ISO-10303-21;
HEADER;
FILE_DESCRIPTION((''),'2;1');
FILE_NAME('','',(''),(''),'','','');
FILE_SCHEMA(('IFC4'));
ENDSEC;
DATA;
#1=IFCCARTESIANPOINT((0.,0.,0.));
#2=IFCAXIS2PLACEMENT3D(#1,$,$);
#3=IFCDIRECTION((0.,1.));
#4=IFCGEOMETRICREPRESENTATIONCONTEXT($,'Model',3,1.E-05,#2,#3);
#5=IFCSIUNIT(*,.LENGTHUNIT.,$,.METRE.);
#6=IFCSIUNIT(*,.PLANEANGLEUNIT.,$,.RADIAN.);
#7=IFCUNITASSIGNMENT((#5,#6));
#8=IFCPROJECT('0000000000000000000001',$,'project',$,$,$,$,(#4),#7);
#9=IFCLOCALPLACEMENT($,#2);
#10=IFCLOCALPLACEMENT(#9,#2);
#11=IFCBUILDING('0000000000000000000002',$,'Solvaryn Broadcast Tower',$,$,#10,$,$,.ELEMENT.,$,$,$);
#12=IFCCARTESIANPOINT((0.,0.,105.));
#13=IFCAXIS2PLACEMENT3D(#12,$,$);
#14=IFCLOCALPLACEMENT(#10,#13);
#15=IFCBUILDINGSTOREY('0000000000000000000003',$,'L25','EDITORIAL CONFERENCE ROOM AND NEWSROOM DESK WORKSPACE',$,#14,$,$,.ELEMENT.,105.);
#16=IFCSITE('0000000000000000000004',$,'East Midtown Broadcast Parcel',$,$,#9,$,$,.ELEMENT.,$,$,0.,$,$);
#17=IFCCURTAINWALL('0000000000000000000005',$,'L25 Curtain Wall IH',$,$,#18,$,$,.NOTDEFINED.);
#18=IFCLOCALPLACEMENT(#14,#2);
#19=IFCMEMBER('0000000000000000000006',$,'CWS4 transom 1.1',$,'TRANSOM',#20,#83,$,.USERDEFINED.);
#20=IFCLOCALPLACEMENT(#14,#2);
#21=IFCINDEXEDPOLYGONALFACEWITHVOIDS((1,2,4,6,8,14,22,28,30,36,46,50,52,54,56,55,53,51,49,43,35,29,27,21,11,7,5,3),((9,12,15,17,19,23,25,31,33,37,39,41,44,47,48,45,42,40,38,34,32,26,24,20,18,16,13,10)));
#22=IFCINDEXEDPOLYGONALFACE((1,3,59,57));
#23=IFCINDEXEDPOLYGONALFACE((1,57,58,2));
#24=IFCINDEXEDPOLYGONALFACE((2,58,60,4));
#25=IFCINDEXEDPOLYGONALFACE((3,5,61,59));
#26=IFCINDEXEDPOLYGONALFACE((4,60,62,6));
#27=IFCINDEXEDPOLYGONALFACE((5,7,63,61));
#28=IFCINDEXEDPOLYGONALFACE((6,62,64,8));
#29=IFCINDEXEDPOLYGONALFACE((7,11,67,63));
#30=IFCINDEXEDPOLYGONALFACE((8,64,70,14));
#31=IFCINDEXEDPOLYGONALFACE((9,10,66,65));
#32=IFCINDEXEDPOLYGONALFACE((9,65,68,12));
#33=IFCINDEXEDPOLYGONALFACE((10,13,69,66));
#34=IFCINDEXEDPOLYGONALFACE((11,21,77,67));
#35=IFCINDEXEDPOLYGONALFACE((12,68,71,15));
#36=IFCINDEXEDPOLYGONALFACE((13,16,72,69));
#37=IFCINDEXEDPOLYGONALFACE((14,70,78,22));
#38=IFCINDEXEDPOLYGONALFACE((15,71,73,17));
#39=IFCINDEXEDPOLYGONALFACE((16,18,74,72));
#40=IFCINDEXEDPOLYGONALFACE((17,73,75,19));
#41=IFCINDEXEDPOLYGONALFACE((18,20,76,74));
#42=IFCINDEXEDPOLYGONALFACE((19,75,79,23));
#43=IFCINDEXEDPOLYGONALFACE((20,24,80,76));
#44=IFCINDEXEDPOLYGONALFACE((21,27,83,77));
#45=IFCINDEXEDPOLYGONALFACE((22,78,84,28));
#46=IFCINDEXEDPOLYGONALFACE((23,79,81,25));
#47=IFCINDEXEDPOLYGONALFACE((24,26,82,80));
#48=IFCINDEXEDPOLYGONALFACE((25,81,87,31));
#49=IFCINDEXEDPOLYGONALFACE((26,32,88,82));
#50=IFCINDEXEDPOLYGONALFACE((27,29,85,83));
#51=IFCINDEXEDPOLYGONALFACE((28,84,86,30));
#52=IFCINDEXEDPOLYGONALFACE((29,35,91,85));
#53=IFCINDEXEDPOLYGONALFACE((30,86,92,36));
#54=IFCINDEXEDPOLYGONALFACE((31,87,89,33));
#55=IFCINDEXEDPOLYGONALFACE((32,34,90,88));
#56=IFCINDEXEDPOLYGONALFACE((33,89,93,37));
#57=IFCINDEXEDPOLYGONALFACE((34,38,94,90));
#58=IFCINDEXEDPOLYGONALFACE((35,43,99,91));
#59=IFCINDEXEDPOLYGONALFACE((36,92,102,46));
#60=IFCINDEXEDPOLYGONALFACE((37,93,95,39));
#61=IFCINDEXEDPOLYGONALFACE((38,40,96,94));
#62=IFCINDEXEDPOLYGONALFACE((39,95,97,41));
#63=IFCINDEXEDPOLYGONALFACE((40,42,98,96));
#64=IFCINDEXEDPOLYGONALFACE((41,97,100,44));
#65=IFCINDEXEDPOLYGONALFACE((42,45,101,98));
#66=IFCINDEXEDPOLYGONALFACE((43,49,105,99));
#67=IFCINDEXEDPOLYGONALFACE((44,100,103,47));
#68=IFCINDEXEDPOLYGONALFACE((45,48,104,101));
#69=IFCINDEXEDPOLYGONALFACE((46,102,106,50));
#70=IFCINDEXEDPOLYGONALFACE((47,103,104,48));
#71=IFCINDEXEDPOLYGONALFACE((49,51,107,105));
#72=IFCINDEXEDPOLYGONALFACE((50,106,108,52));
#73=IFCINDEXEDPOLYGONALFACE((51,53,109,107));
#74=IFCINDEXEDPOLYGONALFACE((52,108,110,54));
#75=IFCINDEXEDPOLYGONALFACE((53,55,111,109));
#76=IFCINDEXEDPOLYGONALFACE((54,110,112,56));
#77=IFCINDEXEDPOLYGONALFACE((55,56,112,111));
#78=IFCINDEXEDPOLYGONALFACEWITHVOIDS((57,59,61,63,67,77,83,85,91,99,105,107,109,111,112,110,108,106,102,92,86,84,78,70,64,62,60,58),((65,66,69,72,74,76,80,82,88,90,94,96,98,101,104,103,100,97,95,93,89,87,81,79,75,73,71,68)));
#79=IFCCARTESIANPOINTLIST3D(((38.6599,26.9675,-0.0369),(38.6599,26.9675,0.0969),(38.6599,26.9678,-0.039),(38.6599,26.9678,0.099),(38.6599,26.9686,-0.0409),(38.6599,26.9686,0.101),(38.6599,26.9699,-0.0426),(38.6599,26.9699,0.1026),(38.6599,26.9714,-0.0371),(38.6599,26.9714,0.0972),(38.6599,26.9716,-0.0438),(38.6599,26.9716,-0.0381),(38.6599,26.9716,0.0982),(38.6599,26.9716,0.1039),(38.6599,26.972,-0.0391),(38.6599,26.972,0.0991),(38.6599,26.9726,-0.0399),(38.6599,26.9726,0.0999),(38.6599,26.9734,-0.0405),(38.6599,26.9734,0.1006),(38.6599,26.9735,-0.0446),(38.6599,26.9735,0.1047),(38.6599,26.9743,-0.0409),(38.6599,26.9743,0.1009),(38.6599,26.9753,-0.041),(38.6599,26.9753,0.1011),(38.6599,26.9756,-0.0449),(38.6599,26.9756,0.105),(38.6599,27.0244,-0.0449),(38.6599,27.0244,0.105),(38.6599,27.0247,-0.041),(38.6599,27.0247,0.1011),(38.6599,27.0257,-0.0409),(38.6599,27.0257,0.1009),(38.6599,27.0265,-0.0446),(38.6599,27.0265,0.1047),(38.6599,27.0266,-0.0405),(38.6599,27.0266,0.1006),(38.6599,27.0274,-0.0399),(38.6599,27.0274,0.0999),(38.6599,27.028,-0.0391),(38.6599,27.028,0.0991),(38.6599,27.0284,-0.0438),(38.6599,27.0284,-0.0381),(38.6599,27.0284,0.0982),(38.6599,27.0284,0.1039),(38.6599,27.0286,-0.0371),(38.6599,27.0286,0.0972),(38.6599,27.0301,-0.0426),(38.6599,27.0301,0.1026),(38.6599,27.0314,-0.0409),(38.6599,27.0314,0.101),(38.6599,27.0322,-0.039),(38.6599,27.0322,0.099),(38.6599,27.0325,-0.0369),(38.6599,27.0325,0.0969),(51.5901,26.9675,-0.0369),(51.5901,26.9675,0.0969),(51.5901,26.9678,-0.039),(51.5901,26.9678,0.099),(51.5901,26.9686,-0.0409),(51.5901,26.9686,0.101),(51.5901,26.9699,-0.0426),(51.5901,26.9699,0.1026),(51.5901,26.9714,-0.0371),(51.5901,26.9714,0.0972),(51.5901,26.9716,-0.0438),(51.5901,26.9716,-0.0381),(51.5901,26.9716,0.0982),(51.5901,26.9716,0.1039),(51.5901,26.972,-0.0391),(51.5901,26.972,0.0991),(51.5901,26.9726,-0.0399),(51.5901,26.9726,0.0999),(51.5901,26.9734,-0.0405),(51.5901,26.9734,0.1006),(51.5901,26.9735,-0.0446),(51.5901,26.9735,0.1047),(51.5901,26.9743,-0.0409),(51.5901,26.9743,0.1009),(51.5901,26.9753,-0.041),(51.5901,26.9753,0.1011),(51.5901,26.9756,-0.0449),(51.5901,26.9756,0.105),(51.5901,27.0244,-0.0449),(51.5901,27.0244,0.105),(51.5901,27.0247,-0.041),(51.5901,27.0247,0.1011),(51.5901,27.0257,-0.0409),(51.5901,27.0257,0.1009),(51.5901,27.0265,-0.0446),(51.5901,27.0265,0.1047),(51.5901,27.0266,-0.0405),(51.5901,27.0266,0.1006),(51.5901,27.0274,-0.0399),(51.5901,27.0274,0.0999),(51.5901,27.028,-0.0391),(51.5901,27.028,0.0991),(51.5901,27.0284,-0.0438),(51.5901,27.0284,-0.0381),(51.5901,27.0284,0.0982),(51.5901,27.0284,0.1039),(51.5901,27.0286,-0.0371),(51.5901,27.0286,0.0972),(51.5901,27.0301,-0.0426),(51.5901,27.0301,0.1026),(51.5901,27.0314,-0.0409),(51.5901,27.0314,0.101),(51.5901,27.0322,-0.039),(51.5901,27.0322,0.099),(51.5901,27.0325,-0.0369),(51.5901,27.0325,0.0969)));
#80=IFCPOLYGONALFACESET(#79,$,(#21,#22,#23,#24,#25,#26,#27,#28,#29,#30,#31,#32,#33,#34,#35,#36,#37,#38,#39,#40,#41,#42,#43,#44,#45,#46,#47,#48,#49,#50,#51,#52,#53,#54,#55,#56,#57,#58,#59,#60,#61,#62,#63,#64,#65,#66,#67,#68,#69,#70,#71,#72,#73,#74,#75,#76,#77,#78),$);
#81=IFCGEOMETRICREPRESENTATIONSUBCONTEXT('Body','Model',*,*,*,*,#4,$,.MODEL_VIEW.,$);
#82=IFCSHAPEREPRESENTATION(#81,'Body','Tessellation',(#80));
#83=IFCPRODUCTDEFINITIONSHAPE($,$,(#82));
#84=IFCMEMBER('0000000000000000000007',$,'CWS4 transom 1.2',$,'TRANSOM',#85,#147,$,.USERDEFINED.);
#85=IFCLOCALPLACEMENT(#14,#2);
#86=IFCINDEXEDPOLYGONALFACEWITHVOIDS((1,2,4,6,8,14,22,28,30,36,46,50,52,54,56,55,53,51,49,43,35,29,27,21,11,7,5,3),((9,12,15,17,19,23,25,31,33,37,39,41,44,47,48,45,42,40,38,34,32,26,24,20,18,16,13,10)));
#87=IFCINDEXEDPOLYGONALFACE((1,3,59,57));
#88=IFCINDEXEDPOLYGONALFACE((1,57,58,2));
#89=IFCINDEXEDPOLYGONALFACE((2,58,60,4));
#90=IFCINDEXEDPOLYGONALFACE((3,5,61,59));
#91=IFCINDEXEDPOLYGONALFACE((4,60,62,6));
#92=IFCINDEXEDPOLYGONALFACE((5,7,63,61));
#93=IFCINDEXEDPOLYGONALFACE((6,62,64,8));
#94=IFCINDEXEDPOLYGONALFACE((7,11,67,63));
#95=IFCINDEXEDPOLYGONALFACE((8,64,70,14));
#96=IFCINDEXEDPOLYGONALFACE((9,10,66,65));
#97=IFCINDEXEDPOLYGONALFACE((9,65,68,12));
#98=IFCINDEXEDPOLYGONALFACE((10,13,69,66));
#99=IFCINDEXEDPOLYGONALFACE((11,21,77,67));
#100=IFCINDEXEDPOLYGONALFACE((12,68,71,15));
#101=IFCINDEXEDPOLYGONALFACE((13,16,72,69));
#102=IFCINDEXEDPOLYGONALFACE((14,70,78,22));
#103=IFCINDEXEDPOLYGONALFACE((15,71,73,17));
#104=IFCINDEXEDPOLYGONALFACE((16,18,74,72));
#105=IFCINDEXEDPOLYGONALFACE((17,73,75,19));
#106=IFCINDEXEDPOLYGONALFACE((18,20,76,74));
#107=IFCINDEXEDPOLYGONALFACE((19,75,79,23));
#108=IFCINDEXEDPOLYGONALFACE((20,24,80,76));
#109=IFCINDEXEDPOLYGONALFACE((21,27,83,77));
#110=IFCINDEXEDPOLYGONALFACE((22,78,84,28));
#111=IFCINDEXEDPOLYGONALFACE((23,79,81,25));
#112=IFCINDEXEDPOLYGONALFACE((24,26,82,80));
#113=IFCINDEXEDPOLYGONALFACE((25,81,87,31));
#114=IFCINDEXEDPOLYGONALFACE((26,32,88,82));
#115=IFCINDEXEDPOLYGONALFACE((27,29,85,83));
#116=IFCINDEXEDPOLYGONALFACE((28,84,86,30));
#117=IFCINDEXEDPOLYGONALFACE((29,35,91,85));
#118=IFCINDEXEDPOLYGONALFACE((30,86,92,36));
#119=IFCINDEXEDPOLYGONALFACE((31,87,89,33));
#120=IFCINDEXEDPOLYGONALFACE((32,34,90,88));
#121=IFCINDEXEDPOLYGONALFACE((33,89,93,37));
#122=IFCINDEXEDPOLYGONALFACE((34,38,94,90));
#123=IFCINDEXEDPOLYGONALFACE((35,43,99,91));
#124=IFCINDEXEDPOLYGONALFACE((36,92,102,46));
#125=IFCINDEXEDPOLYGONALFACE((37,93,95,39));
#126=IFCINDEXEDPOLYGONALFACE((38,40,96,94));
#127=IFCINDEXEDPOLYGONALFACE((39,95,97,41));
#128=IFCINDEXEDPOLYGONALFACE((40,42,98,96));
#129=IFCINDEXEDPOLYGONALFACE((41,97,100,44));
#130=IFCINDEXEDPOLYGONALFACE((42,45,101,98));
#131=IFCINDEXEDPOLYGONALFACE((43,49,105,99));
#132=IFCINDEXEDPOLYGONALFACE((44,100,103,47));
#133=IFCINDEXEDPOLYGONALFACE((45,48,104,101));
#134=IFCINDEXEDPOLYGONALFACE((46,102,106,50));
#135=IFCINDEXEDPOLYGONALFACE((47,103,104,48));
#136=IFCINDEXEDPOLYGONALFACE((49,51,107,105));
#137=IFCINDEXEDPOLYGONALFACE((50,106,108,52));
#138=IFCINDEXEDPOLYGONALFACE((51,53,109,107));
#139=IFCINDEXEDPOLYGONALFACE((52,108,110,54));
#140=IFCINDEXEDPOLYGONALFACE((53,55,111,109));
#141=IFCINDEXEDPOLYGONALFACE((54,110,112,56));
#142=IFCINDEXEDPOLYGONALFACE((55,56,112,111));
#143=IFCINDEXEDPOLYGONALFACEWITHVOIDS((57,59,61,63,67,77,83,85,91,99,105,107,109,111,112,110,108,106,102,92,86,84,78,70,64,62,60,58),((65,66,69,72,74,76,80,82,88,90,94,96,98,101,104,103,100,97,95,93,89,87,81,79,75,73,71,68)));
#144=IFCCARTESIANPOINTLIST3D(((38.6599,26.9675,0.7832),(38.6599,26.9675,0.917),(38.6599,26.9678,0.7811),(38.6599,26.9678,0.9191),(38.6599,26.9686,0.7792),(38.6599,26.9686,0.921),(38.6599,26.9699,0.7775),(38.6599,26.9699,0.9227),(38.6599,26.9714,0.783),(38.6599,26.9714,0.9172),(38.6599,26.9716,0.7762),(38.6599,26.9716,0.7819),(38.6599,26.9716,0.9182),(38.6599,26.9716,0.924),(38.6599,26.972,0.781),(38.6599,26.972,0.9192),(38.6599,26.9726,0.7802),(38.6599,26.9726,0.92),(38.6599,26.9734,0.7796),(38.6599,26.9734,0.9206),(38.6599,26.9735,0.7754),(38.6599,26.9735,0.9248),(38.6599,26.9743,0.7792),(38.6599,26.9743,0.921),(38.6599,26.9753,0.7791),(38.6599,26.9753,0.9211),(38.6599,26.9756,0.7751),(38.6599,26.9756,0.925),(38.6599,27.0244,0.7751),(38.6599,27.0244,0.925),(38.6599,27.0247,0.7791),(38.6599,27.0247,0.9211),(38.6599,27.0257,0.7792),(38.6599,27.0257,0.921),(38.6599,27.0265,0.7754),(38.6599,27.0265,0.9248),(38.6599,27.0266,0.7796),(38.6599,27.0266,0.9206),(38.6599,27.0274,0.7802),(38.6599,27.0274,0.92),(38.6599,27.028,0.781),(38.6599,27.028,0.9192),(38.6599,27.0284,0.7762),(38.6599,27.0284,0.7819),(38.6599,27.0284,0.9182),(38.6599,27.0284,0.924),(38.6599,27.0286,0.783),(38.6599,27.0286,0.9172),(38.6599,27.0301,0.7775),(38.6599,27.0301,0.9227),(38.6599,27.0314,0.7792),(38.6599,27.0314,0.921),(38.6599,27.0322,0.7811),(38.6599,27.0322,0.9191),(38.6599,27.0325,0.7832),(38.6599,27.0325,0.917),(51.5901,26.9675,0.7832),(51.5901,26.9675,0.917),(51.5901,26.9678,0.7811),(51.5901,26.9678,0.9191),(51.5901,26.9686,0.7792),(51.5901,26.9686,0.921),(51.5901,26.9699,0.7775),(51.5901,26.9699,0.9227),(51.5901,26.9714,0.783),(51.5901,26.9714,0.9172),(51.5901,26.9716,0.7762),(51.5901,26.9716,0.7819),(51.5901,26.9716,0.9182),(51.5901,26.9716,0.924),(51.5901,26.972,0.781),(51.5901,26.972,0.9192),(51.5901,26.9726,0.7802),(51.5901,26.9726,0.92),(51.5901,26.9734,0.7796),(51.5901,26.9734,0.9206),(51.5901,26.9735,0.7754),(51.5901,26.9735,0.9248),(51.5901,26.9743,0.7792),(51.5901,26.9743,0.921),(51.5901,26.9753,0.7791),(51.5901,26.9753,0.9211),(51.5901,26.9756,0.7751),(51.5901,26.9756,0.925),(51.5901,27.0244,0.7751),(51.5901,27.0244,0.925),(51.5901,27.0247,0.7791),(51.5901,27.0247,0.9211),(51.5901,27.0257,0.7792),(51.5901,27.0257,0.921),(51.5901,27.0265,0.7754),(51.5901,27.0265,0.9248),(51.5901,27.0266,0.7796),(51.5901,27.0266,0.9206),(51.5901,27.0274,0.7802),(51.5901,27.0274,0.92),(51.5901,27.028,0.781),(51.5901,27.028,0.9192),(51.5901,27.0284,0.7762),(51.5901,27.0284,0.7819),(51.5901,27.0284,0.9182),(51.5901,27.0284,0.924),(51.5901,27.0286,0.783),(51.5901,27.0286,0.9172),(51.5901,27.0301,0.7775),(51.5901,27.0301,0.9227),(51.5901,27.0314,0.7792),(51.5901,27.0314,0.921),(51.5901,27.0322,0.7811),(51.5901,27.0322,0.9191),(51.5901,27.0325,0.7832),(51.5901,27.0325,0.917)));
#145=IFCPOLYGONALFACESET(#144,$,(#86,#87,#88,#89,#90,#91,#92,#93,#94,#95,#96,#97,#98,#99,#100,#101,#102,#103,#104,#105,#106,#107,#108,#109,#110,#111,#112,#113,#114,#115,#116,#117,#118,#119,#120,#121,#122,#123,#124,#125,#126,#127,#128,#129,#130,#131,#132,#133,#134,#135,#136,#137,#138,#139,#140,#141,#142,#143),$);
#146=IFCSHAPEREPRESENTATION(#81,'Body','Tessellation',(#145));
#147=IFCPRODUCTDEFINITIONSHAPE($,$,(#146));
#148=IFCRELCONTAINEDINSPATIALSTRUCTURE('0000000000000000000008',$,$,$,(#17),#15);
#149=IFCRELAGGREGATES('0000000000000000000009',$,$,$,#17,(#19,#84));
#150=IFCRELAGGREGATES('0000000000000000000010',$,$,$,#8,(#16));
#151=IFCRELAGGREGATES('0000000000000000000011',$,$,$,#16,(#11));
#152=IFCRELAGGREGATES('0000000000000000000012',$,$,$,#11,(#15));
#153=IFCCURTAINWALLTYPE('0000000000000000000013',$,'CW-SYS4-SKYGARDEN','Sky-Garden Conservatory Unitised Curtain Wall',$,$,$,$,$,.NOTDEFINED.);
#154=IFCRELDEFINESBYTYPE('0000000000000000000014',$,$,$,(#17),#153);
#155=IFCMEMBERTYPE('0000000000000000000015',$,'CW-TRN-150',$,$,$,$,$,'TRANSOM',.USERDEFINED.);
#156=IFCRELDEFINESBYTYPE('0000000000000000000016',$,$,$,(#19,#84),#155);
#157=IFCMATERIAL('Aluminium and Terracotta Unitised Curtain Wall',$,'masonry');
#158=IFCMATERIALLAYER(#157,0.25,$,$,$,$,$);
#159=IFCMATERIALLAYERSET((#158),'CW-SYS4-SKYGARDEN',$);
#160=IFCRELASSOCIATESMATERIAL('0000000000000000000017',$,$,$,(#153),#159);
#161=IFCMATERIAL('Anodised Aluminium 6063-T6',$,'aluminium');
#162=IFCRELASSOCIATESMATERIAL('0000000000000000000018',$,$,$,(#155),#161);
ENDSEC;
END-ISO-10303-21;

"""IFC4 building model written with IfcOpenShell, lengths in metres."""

from ifc_helpers import new_model, si_unit, direction, frame, origin, origin_2d, place, context, subcontext, project, spatial, hollow_rectangle, extrude, material, layer, layer_set, material_profile, profile_set, type_object, element, aggregate, save


model = new_model("IFC4")

# Units and contexts
model_context = context("Model", 3, precision=1e-05, world=origin(), true_north=direction((0.0, 1.0)))
body_context = subcontext(model_context, "Body", "Model", "MODEL_VIEW")
ifc_project = project(units=[si_unit("LENGTHUNIT", "METRE"), si_unit("PLANEANGLEUNIT", "RADIAN")], contexts=[model_context])

# Site, building, storey
site_placement = place(None, origin())
site = spatial("IfcSite", under=ifc_project, at=site_placement, Name="East Midtown Broadcast Parcel", CompositionType="ELEMENT", RefElevation=0.0)
building_placement = place(site_placement, origin())
building = spatial("IfcBuilding", under=site, at=building_placement, Name="Solvaryn Broadcast Tower", CompositionType="ELEMENT")
storey_placement = place(building_placement, frame((0.0, 0.0, 105.0)))
storey = spatial("IfcBuildingStorey", under=building, at=storey_placement, Name="L25", Description="EDITORIAL CONFERENCE ROOM AND NEWSROOM DESK WORKSPACE", CompositionType="ELEMENT", Elevation=105.0)

# Shared definitions
ifc_material_1 = material(Name="Aluminium and Terracotta Unitised Curtain Wall", Category="masonry")
ifc_layer_1 = layer(ifc_material_1, 0.25)
ifc_layer_set_1 = layer_set([ifc_layer_1], Name="CW-SYS4-SKYGARDEN")
curtain_wall_type = type_object("IfcCurtainWallType", Name="CW-SYS4-SKYGARDEN", Description="Sky-Garden Conservatory Unitised Curtain Wall", PredefinedType="NOTDEFINED", material=ifc_layer_set_1)

# Curtain wall
curtain_wall_1_placement = place(storey_placement, origin())
curtain_wall_1 = element("IfcCurtainWall", 1, at=curtain_wall_1_placement, inside=storey, type_object=curtain_wall_type, Name="L25 Curtain Wall IH", PredefinedType="NOTDEFINED")

# Members
ifc_material_2 = material(Name="Anodised Aluminium 6063-T6", Category="aluminium")
ifc_material_profile_1 = material_profile(ifc_material_2, hollow_rectangle(XDim=0.0649, YDim=0.1499, WallThickness=0.0039, InnerFilletRadius=0.0039, OuterFilletRadius=0.0081, at=origin_2d()))
ifc_profile_set_1 = profile_set([ifc_material_profile_1], Name="Anodised Aluminium 6063-T6")
member_type_1 = type_object("IfcMemberType", Name="CW-TRN-150", ElementType="TRANSOM", PredefinedType="USERDEFINED", material=ifc_profile_set_1)
member_1_placement = place(storey_placement, frame((38.6599, 27.0, 0.03), z_axis=(1.0, 0.0, 0.0), x_axis=(0.0, 1.0, 0.0)))
member_1 = element("IfcMember", 2, at=member_1_placement, type_object=member_type_1, Name="CWS4 transom 1.1", ObjectType="TRANSOM", PredefinedType="USERDEFINED", context=body_context, shape_type="SweptSolid", body=[
    extrude(hollow_rectangle(XDim=0.0649, YDim=0.1499, WallThickness=0.0039, InnerFilletRadius=0.0039, OuterFilletRadius=0.0081, at=origin_2d()), origin(), (0.0, 0.0, 1.0), 12.9302),
])
member_2_placement = place(storey_placement, frame((38.6599, 27.0, 0.8501), z_axis=(1.0, 0.0, 0.0), x_axis=(0.0, 1.0, 0.0)))
member_2 = element("IfcMember", 3, at=member_2_placement, type_object=member_type_1, Name="CWS4 transom 1.2", ObjectType="TRANSOM", PredefinedType="USERDEFINED", context=body_context, shape_type="SweptSolid", body=[
    extrude(hollow_rectangle(XDim=0.0649, YDim=0.1499, WallThickness=0.0039, InnerFilletRadius=0.0039, OuterFilletRadius=0.0081, at=origin_2d()), origin(), (0.0, 0.0, 1.0), 12.9302),
])

aggregate(curtain_wall_1, [member_1, member_2])

save(model, "model.ifc")
